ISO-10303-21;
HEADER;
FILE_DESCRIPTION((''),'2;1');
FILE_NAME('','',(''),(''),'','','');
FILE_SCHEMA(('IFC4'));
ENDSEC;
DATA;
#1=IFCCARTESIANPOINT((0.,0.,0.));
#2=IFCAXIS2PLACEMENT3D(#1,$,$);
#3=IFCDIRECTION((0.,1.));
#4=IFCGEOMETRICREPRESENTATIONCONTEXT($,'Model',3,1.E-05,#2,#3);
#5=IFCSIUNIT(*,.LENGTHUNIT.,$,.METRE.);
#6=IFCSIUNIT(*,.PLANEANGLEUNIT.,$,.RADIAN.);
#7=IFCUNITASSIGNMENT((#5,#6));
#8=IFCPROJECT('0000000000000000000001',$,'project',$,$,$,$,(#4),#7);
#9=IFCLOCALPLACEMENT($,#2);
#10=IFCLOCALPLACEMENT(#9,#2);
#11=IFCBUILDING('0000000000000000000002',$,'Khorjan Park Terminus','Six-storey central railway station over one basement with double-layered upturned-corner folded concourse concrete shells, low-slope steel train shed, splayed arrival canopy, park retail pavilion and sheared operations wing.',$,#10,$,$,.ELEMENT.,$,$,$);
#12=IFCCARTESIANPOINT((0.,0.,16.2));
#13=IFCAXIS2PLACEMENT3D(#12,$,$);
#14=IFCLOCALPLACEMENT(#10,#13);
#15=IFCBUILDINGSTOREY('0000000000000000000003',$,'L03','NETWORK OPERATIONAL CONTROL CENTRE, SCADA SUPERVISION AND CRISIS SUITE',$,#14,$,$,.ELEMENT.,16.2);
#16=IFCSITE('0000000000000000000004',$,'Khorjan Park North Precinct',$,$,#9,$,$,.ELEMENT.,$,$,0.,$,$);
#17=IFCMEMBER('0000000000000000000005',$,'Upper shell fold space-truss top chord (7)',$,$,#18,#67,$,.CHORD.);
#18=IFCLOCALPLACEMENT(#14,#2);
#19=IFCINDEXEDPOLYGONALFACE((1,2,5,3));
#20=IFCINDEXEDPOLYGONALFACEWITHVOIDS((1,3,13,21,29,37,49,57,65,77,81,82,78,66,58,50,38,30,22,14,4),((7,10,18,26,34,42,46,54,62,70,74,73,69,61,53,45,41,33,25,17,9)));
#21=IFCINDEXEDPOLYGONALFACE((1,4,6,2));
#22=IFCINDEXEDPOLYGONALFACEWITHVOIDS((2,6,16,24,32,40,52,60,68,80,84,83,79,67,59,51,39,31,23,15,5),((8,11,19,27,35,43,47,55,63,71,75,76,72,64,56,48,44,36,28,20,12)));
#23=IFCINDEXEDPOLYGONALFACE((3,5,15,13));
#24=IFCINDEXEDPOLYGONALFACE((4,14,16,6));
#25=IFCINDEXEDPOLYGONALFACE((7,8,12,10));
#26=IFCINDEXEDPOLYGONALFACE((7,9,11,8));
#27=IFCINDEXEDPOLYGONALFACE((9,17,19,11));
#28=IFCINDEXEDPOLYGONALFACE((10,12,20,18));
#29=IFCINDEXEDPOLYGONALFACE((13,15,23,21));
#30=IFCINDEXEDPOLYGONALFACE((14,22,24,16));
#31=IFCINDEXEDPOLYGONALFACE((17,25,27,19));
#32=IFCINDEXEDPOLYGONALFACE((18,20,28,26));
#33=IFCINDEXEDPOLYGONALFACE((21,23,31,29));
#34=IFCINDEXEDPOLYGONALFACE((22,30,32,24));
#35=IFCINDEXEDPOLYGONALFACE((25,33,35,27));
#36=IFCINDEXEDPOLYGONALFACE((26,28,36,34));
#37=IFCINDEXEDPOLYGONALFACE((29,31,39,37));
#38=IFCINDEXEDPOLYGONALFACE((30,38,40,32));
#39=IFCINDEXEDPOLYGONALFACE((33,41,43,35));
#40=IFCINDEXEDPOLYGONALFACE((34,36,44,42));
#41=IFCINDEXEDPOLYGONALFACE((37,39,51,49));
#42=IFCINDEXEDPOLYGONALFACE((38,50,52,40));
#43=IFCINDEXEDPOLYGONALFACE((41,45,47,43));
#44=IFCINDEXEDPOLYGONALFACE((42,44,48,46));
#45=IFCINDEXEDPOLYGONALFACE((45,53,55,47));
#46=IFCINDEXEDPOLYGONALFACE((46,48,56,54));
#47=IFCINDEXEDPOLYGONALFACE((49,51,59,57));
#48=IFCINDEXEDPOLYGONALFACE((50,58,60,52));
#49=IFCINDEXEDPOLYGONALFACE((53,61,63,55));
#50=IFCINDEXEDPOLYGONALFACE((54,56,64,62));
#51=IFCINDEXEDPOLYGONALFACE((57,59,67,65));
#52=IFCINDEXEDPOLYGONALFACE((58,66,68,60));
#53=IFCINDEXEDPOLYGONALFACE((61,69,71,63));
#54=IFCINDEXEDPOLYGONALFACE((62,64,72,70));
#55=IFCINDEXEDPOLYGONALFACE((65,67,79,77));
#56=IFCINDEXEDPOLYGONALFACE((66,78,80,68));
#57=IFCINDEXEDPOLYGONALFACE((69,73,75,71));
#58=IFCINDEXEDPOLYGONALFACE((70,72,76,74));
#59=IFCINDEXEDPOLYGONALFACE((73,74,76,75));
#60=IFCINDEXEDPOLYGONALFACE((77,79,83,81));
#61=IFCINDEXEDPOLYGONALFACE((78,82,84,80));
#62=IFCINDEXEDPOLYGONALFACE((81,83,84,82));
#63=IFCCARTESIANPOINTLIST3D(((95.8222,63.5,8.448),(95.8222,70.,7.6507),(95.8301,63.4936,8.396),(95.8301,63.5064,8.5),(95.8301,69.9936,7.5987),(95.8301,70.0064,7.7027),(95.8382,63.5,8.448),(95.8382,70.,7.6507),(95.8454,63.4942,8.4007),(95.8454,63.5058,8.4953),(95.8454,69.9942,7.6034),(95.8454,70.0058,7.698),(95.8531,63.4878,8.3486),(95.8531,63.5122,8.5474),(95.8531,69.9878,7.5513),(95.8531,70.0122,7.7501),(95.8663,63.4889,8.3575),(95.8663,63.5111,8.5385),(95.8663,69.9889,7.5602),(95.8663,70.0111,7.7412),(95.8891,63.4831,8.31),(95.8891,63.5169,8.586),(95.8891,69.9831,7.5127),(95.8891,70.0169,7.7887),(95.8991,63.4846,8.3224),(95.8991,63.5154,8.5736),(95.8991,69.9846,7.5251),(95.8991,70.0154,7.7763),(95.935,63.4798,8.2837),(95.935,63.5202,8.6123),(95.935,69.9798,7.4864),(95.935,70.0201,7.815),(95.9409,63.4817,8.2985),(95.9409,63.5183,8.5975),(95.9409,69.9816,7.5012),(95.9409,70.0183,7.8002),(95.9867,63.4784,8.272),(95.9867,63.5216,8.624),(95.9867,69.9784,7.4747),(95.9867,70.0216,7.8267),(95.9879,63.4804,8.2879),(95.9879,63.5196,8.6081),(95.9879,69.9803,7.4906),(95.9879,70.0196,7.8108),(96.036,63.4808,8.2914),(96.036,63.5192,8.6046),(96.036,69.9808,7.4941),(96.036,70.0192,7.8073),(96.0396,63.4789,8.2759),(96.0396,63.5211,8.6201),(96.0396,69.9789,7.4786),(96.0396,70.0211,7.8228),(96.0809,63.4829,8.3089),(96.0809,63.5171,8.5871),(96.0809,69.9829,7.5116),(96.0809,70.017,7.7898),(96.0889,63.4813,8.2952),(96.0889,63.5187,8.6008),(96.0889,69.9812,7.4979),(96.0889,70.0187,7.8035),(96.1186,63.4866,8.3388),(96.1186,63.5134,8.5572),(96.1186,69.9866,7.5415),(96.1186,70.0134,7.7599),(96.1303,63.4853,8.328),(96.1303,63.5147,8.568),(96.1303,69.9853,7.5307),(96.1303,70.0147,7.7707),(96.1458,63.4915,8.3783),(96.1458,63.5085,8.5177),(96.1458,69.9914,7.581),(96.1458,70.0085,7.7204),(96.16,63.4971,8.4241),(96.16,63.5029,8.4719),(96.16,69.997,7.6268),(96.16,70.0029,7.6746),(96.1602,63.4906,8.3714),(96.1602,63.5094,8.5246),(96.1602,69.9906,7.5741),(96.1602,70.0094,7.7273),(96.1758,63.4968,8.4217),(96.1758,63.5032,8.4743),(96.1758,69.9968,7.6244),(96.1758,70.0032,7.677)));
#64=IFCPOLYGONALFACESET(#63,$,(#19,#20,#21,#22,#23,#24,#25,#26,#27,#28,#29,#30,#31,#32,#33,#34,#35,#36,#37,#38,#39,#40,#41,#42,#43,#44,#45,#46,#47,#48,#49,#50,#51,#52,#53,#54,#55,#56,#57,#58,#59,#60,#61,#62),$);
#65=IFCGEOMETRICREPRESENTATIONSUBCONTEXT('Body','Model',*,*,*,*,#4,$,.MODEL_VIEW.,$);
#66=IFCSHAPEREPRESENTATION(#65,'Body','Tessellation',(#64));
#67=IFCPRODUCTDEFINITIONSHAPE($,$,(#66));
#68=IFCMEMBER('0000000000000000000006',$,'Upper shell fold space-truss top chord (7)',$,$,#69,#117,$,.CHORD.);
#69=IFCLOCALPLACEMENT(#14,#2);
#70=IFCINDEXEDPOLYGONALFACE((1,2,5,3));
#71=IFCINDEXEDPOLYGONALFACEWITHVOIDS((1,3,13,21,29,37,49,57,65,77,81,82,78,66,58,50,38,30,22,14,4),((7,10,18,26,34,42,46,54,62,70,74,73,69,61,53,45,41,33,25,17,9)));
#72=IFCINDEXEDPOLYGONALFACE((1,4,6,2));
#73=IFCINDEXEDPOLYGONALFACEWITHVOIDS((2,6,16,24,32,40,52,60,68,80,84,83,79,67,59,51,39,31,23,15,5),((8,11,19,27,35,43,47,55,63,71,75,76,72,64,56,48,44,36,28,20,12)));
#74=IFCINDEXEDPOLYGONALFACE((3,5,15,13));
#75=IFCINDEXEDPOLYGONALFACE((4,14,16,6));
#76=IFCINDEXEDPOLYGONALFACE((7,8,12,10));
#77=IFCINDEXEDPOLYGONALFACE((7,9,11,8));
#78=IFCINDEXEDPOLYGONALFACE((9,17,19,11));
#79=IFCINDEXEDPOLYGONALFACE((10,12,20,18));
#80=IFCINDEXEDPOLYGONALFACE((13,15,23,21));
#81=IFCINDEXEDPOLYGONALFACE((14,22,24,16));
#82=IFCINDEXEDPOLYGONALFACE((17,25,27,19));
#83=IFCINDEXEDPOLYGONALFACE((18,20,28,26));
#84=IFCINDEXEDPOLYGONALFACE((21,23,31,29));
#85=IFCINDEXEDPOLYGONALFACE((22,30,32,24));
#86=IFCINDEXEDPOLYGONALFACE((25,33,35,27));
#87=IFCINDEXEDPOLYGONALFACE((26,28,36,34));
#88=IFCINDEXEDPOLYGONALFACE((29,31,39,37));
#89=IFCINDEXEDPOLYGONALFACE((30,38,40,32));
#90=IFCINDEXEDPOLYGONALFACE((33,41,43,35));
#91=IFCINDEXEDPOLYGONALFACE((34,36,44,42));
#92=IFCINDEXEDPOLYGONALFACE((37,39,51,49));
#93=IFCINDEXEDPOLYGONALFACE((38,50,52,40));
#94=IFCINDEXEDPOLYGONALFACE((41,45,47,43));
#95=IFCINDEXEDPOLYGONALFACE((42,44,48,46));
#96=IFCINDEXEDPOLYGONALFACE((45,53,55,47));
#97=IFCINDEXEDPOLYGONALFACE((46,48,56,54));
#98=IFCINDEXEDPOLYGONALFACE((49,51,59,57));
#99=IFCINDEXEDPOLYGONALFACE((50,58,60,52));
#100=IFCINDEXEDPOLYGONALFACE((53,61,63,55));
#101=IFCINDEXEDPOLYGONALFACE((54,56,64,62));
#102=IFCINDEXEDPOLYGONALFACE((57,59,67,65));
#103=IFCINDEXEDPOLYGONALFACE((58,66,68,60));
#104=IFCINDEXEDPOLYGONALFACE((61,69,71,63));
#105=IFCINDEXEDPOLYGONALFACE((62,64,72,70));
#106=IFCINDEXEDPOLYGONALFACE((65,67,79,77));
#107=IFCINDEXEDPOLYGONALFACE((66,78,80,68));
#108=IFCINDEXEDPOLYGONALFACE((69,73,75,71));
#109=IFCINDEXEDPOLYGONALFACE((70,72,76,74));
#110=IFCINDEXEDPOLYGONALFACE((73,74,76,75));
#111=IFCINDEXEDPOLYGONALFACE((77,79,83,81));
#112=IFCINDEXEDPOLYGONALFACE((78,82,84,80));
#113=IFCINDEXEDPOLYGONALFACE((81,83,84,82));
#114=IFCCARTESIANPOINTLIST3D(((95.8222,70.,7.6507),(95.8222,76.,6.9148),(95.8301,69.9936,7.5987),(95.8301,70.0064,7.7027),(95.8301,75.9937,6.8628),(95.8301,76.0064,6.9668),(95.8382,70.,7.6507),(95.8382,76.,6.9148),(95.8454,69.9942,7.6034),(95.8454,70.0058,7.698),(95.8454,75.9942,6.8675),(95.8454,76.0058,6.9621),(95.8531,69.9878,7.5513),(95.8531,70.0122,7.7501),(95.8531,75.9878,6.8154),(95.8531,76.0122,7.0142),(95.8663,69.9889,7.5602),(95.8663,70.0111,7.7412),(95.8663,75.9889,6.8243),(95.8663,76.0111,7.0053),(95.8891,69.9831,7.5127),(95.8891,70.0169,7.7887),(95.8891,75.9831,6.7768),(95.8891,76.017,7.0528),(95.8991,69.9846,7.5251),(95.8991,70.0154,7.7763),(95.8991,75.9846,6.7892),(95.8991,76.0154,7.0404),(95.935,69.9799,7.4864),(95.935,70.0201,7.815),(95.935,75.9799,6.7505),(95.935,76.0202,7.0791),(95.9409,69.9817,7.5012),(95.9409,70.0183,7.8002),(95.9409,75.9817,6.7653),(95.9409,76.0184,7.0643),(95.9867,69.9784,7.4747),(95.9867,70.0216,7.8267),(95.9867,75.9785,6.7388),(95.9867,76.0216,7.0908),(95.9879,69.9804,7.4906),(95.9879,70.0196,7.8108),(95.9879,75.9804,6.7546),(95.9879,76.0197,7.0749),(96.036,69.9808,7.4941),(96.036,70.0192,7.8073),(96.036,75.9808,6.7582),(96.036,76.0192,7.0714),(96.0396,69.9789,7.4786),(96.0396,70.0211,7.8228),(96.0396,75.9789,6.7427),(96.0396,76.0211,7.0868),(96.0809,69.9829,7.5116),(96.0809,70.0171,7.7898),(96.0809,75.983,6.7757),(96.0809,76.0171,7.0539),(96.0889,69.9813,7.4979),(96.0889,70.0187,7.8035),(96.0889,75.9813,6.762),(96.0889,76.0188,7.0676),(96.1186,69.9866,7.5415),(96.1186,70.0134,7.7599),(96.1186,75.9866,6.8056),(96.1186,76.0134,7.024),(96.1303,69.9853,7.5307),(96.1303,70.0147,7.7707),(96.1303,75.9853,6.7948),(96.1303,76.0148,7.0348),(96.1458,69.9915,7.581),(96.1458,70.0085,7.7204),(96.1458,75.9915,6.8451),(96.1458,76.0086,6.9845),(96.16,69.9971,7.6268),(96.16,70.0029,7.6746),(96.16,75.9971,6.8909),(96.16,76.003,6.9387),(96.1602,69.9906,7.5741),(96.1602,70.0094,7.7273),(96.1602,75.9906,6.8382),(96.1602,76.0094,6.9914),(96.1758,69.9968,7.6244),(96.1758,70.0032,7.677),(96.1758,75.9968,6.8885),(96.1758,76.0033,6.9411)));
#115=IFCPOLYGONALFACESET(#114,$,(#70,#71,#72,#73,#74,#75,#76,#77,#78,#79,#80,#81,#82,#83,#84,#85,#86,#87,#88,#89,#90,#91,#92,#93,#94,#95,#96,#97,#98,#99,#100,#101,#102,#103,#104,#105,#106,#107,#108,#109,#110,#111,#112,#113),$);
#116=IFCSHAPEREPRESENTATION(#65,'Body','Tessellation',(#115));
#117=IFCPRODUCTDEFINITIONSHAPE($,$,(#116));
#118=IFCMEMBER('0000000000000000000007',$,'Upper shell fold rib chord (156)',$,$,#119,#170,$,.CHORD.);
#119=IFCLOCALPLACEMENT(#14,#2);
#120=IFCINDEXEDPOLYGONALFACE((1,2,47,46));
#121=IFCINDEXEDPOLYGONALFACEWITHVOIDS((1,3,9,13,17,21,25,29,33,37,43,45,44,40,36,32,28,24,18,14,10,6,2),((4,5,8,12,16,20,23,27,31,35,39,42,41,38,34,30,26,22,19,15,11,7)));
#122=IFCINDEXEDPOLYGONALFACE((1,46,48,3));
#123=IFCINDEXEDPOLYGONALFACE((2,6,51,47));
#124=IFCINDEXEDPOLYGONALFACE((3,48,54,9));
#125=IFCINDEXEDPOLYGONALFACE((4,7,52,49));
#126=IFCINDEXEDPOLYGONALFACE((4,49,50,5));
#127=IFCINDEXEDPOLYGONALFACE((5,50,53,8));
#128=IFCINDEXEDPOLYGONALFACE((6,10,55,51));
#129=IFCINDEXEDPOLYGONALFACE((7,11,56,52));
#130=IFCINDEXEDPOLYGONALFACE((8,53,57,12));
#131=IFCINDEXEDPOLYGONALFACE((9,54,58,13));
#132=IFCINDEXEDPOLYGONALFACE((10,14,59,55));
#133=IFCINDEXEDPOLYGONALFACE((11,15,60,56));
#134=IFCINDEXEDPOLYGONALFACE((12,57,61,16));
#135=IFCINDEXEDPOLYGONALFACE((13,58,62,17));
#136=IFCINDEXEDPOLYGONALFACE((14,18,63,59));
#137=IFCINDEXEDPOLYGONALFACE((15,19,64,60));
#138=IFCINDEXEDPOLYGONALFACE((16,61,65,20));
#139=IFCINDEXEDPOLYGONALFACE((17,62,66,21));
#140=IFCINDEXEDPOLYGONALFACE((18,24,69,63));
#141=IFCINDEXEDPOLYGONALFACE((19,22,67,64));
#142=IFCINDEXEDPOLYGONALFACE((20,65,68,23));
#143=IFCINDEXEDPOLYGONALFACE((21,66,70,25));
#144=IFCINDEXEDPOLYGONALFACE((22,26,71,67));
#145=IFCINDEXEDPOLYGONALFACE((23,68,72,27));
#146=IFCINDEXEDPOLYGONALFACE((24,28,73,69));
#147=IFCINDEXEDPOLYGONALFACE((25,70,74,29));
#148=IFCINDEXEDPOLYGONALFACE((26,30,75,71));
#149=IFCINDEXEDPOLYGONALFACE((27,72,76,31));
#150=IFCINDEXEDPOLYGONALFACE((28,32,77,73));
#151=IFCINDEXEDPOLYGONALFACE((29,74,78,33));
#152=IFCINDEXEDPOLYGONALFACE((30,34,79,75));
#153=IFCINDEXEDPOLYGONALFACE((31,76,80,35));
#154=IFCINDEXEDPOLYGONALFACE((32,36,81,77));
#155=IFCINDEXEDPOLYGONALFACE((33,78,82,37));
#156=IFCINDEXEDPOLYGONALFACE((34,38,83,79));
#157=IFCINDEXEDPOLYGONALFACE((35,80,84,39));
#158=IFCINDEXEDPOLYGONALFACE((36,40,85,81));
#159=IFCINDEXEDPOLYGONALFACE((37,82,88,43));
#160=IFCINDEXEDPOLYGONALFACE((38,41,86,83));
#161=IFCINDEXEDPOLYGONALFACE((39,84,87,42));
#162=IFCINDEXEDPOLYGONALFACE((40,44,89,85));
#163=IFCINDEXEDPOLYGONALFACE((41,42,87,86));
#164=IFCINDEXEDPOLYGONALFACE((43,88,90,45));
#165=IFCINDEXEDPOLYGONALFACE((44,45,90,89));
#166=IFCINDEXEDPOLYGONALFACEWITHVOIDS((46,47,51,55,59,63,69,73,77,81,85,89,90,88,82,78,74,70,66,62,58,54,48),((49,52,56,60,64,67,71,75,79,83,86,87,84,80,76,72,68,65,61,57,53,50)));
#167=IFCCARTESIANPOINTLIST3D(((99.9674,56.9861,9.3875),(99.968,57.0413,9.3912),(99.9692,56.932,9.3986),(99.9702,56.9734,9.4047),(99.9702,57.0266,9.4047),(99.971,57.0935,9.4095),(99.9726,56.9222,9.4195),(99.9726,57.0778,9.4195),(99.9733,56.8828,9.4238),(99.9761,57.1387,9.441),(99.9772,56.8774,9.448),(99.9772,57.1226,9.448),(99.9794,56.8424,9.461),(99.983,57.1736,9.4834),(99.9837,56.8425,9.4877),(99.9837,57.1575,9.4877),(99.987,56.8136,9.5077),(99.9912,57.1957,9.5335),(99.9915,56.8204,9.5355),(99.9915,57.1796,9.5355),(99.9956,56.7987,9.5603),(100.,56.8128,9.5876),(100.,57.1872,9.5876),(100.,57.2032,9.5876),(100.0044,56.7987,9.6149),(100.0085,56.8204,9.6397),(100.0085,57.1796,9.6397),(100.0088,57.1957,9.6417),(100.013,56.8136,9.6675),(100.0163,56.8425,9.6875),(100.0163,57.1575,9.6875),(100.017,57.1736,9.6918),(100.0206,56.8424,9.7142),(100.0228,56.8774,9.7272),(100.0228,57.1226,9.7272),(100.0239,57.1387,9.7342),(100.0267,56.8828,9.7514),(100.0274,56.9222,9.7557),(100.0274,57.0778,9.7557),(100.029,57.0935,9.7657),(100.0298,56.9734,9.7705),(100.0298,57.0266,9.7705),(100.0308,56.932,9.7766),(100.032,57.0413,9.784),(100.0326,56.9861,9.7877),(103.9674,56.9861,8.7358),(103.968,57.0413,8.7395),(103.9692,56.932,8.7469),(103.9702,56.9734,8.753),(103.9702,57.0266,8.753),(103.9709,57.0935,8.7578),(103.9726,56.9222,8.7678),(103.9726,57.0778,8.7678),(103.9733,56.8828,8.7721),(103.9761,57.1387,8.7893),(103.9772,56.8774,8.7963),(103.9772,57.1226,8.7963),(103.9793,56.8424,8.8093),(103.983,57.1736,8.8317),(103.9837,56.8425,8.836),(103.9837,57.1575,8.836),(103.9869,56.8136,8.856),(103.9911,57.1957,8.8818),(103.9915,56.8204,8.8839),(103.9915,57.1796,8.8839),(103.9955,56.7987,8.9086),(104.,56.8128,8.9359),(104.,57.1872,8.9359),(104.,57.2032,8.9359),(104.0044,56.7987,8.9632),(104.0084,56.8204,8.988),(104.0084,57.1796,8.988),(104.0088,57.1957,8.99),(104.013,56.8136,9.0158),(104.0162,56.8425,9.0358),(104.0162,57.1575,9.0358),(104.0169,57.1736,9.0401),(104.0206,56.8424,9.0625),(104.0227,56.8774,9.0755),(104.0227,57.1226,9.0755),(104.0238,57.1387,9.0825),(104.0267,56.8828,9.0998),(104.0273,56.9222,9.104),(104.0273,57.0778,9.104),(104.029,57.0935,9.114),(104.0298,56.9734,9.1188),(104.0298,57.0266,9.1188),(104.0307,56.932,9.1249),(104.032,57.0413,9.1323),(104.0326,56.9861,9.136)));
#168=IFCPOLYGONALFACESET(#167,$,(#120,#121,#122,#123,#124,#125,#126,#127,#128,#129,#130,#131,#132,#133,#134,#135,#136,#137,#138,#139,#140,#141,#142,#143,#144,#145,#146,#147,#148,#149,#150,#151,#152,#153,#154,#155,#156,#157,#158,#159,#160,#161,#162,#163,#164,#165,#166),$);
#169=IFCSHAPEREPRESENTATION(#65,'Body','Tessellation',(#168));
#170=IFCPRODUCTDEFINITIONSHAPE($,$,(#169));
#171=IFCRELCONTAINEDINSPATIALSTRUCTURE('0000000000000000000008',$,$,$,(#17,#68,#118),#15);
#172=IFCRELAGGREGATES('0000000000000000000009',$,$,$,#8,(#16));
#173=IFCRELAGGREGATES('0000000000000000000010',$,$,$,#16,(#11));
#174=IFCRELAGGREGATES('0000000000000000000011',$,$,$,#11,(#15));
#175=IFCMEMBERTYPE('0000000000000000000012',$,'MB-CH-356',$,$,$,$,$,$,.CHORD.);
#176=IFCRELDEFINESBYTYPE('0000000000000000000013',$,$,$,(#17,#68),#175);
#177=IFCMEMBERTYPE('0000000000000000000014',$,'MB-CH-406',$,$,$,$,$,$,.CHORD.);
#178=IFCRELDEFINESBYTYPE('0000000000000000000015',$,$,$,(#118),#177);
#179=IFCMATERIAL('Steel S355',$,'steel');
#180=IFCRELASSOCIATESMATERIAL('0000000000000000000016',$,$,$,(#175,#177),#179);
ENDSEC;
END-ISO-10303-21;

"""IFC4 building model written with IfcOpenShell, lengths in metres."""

from ifc_helpers import new_model, si_unit, direction, frame, origin, origin_2d, place, context, subcontext, project, spatial, hollow_circle, extrude, material, material_profile, profile_set, type_object, element, save


model = new_model("IFC4")

# Units and contexts
model_context = context("Model", 3, precision=1e-05, world=origin(), true_north=direction((0.0, 1.0)))
body_context = subcontext(model_context, "Body", "Model", "MODEL_VIEW")
ifc_project = project(units=[si_unit("LENGTHUNIT", "METRE"), si_unit("PLANEANGLEUNIT", "RADIAN")], contexts=[model_context])

# Site, building, storey
site_placement = place(None, origin())
site = spatial("IfcSite", under=ifc_project, at=site_placement, Name="Khorjan Park North Precinct", CompositionType="ELEMENT", RefElevation=0.0)
building_placement = place(site_placement, origin())
building = spatial("IfcBuilding", under=site, at=building_placement, Name="Khorjan Park Terminus", Description="Six-storey central railway station over one basement with double-layered upturned-corner folded concourse concrete shells, low-slope steel train shed, splayed arrival canopy, park retail pavilion and sheared operations wing.", CompositionType="ELEMENT")
storey_placement = place(building_placement, frame((0.0, 0.0, 16.2)))
storey = spatial("IfcBuildingStorey", under=building, at=storey_placement, Name="L03", Description="NETWORK OPERATIONAL CONTROL CENTRE, SCADA SUPERVISION AND CRISIS SUITE", CompositionType="ELEMENT", Elevation=16.2)

# Members
ifc_material = material(Name="Steel S355", Category="steel")
ifc_material_profile_1 = material_profile(ifc_material, hollow_circle(Radius=0.1778, WallThickness=0.016, at=origin_2d()), Name="CHS 355.6x16")
ifc_profile_set_1 = profile_set([ifc_material_profile_1], Name="Steel S355")
member_type_1 = type_object("IfcMemberType", Name="MB-CH-356", PredefinedType="CHORD", material=ifc_profile_set_1)
for number, where, z_axis, x_axis, name in (
    (1, (96.0, 63.5, 8.448), (0.0, 0.992561, -0.121749), (-1.0, 0.0, 0.0), "Upper shell fold space-truss top chord (7)"),
):
    element("IfcMember", number, at=place(storey_placement, frame(where, z_axis=z_axis, x_axis=x_axis)), inside=storey, type_object=member_type_1, Name=name, PredefinedType="CHORD", context=body_context, shape_type="SweptSolid", body=[
        extrude(hollow_circle(Radius=0.1778, WallThickness=0.016, at=origin_2d()), origin(), (0.0, 0.0, 1.0), 6.5487),
    ])
member_1_placement = place(storey_placement, frame((96.0, 70.0, 7.6507), z_axis=(0.0, 0.992562, -0.121738), x_axis=(-1.0, 0.0, 0.0)))
element("IfcMember", 2, at=member_1_placement, inside=storey, type_object=member_type_1, Name="Upper shell fold space-truss top chord (7)", PredefinedType="CHORD", context=body_context, shape_type="SweptSolid", body=[
    extrude(hollow_circle(Radius=0.1778, WallThickness=0.016, at=origin_2d()), origin(), (0.0, 0.0, 1.0), 6.045),
])
ifc_material_profile_2 = material_profile(ifc_material, hollow_circle(Radius=0.2032, WallThickness=0.016, at=origin_2d()), Name="CHS 406.4x16")
ifc_profile_set_2 = profile_set([ifc_material_profile_2], Name="Steel S355")
member_type_2 = type_object("IfcMemberType", Name="MB-CH-406", PredefinedType="CHORD", material=ifc_profile_set_2)
member_2_placement = place(storey_placement, frame((100.0, 57.0, 9.5876), z_axis=(0.986986, 0.0, -0.160805), x_axis=(0.0, 1.0, 0.0)))
element("IfcMember", 3, at=member_2_placement, inside=storey, type_object=member_type_2, Name="Upper shell fold rib chord (156)", PredefinedType="CHORD", context=body_context, shape_type="SweptSolid", body=[
    extrude(hollow_circle(Radius=0.2032, WallThickness=0.016, at=origin_2d()), origin(), (0.0, 0.0, 1.0), 4.0527),
])

save(model, "model.ifc")
